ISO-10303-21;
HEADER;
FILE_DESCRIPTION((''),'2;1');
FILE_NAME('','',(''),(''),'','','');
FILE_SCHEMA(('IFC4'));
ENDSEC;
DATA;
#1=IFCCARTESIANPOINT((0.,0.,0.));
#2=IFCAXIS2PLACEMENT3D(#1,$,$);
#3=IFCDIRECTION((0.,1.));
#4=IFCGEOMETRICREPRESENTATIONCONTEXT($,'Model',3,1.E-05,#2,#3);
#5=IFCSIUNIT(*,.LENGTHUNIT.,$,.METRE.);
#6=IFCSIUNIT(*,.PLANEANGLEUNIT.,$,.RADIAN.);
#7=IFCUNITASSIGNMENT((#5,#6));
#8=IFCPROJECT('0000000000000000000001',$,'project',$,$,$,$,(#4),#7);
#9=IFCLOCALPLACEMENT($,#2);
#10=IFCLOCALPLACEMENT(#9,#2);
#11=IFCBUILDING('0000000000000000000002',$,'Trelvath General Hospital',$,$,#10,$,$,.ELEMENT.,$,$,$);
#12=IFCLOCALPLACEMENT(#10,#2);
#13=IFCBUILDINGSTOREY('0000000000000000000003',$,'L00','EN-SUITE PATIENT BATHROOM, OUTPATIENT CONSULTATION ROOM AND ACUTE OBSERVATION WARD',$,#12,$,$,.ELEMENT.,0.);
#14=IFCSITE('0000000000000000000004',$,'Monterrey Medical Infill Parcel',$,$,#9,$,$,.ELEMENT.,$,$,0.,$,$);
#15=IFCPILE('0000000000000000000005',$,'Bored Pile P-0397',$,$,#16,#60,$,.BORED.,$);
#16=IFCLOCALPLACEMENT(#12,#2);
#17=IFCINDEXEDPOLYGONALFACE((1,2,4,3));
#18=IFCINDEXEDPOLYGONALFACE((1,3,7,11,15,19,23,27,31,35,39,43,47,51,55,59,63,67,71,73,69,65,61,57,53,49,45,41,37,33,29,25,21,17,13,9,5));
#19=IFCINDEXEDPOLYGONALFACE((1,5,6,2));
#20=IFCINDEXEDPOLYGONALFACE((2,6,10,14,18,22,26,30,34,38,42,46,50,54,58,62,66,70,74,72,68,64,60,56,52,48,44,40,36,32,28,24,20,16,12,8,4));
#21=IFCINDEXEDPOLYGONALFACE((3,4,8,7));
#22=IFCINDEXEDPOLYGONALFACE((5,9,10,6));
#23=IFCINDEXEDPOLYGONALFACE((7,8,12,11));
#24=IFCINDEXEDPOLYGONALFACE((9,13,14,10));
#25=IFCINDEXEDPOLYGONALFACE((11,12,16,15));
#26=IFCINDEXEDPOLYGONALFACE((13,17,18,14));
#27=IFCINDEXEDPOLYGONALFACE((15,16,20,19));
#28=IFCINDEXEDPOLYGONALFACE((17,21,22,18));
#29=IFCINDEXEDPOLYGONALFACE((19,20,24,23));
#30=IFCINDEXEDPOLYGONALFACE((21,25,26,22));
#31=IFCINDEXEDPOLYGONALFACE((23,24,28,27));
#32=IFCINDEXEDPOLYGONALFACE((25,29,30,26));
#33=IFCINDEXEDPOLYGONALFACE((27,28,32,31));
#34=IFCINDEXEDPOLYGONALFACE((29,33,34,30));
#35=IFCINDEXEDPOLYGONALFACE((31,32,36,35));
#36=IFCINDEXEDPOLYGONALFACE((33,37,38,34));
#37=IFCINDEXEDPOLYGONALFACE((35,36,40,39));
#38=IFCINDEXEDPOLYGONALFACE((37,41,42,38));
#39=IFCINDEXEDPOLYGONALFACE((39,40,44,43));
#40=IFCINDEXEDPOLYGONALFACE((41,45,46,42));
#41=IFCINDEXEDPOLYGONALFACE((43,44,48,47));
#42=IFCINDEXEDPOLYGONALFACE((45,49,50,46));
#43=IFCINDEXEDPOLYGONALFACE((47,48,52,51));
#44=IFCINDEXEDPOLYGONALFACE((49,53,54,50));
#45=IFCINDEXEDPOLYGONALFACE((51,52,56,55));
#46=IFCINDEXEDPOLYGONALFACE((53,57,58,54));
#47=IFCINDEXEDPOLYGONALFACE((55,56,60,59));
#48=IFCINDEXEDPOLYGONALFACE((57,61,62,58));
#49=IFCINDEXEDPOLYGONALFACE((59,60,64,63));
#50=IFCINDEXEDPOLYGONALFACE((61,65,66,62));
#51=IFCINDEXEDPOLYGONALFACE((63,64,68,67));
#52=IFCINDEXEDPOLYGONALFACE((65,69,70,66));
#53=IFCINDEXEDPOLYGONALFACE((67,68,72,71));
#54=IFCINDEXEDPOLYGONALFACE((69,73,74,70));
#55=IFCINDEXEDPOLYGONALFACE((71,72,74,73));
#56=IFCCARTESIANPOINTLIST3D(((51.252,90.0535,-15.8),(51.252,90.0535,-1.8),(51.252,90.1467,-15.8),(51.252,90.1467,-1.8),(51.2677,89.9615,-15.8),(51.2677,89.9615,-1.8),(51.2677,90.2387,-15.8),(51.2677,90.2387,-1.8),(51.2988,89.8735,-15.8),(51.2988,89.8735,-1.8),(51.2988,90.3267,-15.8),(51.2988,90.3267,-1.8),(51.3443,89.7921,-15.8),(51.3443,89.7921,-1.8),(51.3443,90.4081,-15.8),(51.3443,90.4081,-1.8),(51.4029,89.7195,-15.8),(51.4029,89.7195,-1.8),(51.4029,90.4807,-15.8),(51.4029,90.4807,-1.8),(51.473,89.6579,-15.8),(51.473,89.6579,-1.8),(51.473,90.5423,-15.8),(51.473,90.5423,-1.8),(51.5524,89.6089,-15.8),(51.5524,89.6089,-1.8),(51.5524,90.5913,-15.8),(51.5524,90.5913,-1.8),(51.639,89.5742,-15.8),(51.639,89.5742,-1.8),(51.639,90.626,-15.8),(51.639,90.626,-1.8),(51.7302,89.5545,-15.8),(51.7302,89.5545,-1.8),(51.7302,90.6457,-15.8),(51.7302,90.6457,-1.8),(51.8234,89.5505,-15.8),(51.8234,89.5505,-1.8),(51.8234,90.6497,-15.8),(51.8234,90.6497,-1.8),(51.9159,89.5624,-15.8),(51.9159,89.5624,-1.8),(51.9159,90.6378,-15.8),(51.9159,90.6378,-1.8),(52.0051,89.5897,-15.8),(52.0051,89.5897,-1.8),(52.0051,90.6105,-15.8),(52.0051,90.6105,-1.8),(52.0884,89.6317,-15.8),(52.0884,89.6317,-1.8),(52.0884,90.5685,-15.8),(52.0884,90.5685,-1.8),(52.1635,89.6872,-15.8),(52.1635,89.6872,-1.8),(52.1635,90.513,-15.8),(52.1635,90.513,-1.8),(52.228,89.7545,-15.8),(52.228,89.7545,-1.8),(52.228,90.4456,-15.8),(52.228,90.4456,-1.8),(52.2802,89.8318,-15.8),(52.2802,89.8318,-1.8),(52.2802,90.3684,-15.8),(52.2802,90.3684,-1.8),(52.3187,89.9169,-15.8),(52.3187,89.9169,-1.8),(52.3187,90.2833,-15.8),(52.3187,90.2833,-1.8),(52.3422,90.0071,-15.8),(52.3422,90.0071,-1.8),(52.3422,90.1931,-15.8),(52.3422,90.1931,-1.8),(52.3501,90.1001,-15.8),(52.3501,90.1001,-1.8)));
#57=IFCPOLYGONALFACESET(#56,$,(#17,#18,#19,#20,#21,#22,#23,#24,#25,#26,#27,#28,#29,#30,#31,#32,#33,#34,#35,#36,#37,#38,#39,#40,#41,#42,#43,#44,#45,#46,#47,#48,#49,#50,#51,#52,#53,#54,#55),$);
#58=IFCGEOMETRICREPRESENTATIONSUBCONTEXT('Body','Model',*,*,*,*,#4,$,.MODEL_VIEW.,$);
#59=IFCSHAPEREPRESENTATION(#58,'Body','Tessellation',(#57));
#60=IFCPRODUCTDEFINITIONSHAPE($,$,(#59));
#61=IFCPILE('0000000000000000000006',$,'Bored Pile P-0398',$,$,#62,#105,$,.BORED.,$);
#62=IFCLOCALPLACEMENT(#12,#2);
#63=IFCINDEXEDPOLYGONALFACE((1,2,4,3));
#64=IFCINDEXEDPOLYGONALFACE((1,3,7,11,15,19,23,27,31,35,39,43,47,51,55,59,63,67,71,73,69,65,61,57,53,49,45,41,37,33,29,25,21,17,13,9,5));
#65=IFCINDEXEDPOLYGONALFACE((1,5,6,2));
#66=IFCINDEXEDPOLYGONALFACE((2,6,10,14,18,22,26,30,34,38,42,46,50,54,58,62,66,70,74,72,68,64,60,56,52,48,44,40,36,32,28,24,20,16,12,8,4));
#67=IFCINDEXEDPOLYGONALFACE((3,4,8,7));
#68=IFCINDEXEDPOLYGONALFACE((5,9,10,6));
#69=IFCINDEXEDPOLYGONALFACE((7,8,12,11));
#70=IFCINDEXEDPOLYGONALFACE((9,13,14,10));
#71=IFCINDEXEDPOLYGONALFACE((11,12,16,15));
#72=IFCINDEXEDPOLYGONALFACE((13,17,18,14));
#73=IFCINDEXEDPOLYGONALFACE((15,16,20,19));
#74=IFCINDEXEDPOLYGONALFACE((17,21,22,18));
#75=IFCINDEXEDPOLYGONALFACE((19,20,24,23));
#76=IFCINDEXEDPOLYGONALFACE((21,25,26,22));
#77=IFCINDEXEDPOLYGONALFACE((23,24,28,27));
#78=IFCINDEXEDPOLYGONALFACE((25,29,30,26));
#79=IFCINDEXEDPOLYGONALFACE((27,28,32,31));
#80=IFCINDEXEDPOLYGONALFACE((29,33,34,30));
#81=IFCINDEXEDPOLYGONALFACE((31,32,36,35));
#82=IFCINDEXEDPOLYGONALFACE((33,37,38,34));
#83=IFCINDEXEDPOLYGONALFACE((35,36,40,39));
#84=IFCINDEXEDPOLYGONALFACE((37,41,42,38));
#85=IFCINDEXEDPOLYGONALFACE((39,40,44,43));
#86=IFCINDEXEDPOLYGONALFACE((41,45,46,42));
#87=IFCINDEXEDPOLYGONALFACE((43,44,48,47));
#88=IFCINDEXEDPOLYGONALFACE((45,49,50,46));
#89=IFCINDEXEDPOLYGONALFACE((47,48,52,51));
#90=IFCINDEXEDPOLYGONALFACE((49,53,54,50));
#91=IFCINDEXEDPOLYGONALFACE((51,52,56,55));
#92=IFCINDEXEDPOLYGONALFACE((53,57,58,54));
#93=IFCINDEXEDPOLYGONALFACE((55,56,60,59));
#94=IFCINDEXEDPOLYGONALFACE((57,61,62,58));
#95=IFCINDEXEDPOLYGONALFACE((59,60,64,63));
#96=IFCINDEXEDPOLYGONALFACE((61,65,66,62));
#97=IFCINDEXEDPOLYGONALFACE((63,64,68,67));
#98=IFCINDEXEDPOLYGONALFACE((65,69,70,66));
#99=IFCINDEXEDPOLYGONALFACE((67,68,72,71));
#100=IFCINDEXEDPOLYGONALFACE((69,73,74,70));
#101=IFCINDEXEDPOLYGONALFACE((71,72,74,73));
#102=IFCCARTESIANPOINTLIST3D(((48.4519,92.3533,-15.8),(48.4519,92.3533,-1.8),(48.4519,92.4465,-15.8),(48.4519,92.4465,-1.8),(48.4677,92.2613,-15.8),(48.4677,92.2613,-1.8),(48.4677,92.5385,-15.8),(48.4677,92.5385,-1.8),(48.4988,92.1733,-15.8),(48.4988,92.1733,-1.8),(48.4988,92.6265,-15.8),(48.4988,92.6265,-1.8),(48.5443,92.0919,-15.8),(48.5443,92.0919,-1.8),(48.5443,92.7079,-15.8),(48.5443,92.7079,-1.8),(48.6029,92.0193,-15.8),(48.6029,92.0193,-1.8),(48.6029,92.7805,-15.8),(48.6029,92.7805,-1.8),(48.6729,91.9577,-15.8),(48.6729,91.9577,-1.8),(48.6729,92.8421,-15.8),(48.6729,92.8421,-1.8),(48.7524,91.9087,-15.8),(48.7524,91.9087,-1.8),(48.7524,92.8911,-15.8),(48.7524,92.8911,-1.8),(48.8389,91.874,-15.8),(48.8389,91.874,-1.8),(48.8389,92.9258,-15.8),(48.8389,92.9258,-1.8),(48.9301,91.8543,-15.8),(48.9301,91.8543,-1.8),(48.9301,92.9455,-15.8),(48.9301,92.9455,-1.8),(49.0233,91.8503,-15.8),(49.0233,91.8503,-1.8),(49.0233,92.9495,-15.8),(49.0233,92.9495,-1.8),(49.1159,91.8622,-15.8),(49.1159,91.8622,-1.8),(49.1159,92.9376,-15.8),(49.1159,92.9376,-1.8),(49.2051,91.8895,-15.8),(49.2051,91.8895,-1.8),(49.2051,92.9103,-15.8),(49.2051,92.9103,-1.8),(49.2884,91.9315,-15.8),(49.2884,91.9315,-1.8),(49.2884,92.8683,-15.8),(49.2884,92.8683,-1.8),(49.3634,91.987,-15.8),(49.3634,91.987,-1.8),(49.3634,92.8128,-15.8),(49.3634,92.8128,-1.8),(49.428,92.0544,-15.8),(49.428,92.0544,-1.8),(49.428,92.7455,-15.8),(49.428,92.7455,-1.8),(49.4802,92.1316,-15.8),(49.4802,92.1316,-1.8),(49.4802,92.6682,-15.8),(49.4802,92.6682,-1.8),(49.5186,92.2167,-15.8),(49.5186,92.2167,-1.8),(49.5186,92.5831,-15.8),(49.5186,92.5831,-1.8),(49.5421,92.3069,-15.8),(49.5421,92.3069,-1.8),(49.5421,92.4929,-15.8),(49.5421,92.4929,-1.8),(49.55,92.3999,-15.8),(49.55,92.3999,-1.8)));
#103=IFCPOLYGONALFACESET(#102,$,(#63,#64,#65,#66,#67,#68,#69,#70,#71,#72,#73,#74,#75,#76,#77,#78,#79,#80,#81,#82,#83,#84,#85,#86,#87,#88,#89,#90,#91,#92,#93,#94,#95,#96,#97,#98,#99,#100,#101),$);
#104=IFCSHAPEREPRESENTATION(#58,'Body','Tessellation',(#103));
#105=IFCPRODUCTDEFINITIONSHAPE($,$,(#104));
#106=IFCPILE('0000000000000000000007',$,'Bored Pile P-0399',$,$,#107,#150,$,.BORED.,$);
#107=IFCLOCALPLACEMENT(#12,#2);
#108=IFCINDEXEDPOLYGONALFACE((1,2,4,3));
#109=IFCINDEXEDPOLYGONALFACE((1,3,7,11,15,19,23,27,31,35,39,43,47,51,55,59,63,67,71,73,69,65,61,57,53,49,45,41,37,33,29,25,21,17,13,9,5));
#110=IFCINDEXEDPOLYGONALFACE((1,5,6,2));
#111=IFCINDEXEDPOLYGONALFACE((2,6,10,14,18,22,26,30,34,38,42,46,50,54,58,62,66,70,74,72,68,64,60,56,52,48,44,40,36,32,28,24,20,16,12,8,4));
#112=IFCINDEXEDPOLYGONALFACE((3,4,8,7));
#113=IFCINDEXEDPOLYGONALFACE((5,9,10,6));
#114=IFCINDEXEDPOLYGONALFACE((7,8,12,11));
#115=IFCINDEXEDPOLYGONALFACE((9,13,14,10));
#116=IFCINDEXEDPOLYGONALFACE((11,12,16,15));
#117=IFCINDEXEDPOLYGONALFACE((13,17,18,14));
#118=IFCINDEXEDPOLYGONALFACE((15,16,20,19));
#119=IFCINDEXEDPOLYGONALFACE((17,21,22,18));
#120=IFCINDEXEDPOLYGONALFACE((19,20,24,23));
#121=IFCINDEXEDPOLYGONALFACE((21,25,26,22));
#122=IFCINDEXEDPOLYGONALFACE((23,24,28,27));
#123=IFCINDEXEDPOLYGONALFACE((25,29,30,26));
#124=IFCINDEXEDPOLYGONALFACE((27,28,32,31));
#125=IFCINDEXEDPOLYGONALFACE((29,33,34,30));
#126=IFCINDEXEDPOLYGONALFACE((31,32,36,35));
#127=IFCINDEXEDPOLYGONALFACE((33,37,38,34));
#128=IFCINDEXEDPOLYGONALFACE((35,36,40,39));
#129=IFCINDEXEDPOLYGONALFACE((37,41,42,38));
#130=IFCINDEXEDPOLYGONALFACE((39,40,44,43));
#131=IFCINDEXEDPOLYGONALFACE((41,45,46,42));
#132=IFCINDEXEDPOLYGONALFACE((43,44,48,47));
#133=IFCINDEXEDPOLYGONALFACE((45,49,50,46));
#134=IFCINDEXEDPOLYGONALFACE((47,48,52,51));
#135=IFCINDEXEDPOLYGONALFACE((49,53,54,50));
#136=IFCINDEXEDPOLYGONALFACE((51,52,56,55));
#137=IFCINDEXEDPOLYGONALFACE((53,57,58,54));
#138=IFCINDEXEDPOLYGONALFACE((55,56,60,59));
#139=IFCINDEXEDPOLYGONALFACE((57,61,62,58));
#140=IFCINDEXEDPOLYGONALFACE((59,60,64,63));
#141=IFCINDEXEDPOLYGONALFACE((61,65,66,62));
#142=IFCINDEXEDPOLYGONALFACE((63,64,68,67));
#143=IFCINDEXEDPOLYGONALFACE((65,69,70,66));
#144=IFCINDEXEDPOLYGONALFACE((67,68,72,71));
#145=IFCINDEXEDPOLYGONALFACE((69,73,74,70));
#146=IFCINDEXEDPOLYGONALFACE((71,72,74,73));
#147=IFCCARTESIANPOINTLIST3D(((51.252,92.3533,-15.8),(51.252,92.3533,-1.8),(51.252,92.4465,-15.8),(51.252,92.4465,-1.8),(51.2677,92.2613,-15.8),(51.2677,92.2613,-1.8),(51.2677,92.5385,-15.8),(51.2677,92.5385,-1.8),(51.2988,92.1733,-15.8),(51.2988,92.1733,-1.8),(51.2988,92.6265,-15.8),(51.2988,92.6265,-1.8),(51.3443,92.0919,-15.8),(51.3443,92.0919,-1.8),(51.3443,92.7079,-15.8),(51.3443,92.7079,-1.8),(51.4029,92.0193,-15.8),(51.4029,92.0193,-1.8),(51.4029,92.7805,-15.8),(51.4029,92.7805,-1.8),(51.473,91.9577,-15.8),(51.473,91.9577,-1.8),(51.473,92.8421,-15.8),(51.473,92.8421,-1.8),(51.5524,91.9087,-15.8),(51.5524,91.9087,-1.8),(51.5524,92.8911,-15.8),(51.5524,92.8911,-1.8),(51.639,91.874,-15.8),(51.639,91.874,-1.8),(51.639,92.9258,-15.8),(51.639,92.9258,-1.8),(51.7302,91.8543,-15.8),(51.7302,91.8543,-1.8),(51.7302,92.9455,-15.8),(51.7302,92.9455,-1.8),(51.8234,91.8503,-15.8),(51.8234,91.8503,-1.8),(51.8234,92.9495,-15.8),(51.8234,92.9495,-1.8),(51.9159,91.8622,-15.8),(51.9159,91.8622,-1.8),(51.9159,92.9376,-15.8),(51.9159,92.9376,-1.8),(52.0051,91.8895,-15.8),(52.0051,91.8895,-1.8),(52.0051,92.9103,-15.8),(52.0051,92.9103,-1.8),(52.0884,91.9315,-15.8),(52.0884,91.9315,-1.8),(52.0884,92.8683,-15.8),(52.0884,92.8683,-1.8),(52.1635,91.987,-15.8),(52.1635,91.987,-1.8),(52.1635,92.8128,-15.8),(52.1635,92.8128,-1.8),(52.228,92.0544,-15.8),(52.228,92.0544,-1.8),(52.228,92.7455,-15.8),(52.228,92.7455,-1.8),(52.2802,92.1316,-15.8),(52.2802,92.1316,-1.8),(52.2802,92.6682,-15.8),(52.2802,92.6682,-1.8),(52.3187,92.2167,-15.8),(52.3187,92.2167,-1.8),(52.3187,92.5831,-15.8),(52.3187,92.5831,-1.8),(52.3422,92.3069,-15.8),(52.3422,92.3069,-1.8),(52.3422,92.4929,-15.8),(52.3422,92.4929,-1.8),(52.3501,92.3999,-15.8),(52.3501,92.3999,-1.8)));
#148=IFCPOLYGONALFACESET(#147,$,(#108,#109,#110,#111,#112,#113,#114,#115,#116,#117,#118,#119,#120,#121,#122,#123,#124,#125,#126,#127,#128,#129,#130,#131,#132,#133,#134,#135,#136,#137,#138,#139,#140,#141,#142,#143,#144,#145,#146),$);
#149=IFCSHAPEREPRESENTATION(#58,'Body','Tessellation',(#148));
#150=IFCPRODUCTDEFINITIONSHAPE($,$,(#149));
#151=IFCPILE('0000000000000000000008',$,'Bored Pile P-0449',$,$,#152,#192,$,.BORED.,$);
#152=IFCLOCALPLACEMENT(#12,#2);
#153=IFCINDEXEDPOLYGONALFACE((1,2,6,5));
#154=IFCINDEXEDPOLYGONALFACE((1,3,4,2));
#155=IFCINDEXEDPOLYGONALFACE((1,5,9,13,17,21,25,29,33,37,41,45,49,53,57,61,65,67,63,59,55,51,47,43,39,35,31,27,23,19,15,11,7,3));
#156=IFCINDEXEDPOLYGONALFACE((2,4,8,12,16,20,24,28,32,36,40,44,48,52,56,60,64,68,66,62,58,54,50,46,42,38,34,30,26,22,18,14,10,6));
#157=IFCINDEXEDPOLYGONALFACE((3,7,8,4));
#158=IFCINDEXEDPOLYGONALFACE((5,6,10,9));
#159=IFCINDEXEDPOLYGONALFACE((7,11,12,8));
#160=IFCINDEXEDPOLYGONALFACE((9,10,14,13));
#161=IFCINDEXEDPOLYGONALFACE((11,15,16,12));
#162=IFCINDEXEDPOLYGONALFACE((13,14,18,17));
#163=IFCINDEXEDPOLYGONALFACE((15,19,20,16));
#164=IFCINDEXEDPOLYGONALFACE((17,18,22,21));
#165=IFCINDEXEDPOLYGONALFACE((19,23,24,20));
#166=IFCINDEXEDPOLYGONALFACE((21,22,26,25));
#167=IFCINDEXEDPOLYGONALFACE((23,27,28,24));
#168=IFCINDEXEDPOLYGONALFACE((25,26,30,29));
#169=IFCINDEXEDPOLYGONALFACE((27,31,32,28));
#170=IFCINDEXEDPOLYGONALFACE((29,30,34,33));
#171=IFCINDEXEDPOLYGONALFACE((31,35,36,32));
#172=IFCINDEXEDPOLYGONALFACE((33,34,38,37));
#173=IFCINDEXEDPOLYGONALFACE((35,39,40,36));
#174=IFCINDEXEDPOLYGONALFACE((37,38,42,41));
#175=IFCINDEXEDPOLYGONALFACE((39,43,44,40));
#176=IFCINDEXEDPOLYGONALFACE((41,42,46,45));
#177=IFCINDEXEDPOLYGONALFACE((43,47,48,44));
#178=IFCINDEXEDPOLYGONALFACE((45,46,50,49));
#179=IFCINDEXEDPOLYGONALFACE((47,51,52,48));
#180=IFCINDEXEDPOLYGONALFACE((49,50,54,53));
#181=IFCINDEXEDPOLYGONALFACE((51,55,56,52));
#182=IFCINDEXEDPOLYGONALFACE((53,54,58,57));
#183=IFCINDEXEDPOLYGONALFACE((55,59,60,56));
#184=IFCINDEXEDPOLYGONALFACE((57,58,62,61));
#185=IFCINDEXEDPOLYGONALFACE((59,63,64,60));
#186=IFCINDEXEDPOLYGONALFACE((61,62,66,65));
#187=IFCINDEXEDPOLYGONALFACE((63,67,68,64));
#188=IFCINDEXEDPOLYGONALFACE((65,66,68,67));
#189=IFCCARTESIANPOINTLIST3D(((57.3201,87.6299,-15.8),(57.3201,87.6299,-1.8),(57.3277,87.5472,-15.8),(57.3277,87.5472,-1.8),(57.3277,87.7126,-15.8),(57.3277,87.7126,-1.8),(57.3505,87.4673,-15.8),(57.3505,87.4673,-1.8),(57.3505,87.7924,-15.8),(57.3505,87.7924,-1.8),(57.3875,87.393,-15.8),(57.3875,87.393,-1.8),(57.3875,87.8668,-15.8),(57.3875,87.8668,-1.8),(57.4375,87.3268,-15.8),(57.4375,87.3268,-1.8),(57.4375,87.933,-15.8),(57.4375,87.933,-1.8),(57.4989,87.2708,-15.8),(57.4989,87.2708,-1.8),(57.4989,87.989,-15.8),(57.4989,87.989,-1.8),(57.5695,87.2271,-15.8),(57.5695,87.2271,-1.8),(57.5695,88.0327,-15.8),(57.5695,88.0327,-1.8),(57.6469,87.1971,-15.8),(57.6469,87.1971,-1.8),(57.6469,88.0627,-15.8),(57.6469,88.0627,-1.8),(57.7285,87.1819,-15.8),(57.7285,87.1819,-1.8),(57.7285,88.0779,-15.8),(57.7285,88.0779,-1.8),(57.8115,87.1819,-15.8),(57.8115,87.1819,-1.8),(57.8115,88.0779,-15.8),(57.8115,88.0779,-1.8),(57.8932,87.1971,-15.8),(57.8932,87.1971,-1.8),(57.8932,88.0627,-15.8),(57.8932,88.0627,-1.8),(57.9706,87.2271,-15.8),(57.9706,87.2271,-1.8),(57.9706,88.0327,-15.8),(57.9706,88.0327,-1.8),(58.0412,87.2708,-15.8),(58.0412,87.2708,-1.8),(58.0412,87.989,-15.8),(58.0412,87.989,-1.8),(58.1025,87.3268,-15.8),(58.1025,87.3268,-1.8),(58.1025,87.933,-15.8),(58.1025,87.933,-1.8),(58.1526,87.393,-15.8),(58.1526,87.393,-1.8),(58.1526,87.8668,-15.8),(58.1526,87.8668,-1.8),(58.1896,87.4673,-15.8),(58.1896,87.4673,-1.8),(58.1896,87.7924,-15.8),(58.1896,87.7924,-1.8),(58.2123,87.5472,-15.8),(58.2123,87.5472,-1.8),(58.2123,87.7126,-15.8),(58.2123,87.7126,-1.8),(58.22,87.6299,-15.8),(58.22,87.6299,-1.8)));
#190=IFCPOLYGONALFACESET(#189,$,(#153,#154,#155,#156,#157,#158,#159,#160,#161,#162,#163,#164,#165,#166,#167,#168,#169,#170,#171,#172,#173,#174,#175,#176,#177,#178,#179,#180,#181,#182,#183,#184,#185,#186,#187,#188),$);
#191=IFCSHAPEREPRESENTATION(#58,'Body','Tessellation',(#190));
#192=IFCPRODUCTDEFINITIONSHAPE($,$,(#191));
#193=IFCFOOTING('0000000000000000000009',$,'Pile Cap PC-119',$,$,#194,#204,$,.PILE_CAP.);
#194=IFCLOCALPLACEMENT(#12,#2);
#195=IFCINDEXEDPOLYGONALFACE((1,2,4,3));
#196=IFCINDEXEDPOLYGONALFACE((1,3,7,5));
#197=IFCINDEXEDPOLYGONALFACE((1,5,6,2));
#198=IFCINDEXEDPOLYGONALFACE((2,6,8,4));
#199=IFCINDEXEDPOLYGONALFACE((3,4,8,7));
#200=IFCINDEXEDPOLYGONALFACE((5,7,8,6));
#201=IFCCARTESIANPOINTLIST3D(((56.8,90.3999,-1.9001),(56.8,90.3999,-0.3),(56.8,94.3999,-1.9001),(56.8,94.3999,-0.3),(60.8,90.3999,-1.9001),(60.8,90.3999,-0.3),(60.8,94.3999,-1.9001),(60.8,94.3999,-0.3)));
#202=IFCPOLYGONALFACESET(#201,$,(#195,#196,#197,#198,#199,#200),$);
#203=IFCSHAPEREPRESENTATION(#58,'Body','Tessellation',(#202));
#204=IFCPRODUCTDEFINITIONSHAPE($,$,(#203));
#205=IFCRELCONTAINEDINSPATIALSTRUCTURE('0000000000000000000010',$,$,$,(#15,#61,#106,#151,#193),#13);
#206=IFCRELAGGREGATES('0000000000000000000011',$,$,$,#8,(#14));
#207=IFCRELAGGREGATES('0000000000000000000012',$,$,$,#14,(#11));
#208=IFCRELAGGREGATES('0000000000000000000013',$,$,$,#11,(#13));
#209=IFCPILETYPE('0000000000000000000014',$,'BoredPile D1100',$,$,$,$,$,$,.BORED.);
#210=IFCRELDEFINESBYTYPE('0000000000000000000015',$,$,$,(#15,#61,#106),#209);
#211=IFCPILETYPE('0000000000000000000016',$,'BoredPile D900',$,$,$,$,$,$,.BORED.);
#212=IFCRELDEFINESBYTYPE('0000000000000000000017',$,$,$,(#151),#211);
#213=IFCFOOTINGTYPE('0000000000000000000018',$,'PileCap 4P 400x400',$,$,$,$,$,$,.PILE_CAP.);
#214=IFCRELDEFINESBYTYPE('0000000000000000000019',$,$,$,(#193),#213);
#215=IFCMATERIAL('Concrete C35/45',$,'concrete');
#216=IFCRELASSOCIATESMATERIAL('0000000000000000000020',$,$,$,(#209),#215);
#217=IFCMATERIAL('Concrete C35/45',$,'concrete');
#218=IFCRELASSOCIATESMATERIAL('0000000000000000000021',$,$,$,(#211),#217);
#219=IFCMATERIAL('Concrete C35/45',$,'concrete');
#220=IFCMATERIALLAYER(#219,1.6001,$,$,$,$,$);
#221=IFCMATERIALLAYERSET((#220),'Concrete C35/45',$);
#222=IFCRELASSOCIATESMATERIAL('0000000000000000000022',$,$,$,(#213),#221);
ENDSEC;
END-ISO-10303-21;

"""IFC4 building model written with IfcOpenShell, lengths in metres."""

from ifc_helpers import new_model, si_unit, direction, frame, origin, origin_2d, place, context, subcontext, project, spatial, rectangle, circle, extrude, material, layer, layer_set, material_profile, profile_set, type_object, element, save


model = new_model("IFC4")

# Units and contexts
model_context = context("Model", 3, precision=1e-05, world=origin(), true_north=direction((0.0, 1.0)))
body_context = subcontext(model_context, "Body", "Model", "MODEL_VIEW")
ifc_project = project(units=[si_unit("LENGTHUNIT", "METRE"), si_unit("PLANEANGLEUNIT", "RADIAN")], contexts=[model_context])

# Site, building, storey
site_placement = place(None, origin())
site = spatial("IfcSite", under=ifc_project, at=site_placement, Name="Monterrey Medical Infill Parcel", CompositionType="ELEMENT", RefElevation=0.0)
building_placement = place(site_placement, origin())
building = spatial("IfcBuilding", under=site, at=building_placement, Name="Trelvath General Hospital", CompositionType="ELEMENT")
storey_placement = place(building_placement, origin())
storey = spatial("IfcBuildingStorey", under=building, at=storey_placement, Name="L00", Description="EN-SUITE PATIENT BATHROOM, OUTPATIENT CONSULTATION ROOM AND ACUTE OBSERVATION WARD", CompositionType="ELEMENT", Elevation=0.0)

# Piles
ifc_material_1 = material(Name="Concrete C35/45", Category="concrete")
ifc_material_profile_1 = material_profile(ifc_material_1, circle(Radius=0.55, at=origin_2d()), Name="PILE1100")
ifc_profile_set_1 = profile_set([ifc_material_profile_1], Name="Concrete C35/45")
pile_type_1 = type_object("IfcPileType", Name="BoredPile D1100", PredefinedType="BORED", material=ifc_profile_set_1)
for number, where, z_axis, x_axis, name in (
    (1, (51.8, 90.1001, -1.8), (0.0, 0.0, -1.0), (1.0, 0.0, 0.0), "Bored Pile P-0397"),
    (2, (49.0, 92.3999, -1.8), (0.0, 0.0, -1.0), (1.0, 0.0, 0.0), "Bored Pile P-0398"),
    (3, (51.8, 92.3999, -1.8), (0.0, 0.0, -1.0), (1.0, 0.0, 0.0), "Bored Pile P-0399"),
):
    element("IfcPile", number, at=place(storey_placement, frame(where, z_axis=z_axis, x_axis=x_axis)), inside=storey, type_object=pile_type_1, Name=name, PredefinedType="BORED", context=body_context, shape_type="SweptSolid", body=[
        extrude(circle(Radius=0.55, at=origin_2d()), origin(), (0.0, 0.0, 1.0), 14.0),
    ])
ifc_material_2 = material(Name="Concrete C35/45", Category="concrete")
ifc_material_profile_2 = material_profile(ifc_material_2, circle(Radius=0.45, at=origin_2d()), Name="PILE900")
ifc_profile_set_2 = profile_set([ifc_material_profile_2], Name="Concrete C35/45")
pile_type_2 = type_object("IfcPileType", Name="BoredPile D900", PredefinedType="BORED", material=ifc_profile_set_2)
pile_placement = place(storey_placement, frame((57.77, 87.6299, -1.8), z_axis=(0.0, 0.0, -1.0), x_axis=(1.0, 0.0, 0.0)))
element("IfcPile", 4, at=pile_placement, inside=storey, type_object=pile_type_2, Name="Bored Pile P-0449", PredefinedType="BORED", context=body_context, shape_type="SweptSolid", body=[
    extrude(circle(Radius=0.45, at=origin_2d()), origin(), (0.0, 0.0, 1.0), 14.0),
])

# Footing
ifc_material_3 = material(Name="Concrete C35/45", Category="concrete")
ifc_layer_1 = layer(ifc_material_3, 1.6001)
ifc_layer_set_1 = layer_set([ifc_layer_1], Name="Concrete C35/45")
footing_type_1 = type_object("IfcFootingType", Name="PileCap 4P 400x400", PredefinedType="PILE_CAP", material=ifc_layer_set_1)
footing_1_placement = place(storey_placement, frame((58.8, 92.3999, -1.9001), z_axis=(0.0, 0.0, 1.0), x_axis=(1.0, 0.0, 0.0)))
element("IfcFooting", 5, at=footing_1_placement, inside=storey, type_object=footing_type_1, Name="Pile Cap PC-119", PredefinedType="PILE_CAP", context=body_context, shape_type="SweptSolid", body=[
    extrude(rectangle(XDim=4.0, YDim=4.0, at=origin_2d()), origin(), (0.0, 0.0, 1.0), 1.6001),
])

save(model, "model.ifc")
